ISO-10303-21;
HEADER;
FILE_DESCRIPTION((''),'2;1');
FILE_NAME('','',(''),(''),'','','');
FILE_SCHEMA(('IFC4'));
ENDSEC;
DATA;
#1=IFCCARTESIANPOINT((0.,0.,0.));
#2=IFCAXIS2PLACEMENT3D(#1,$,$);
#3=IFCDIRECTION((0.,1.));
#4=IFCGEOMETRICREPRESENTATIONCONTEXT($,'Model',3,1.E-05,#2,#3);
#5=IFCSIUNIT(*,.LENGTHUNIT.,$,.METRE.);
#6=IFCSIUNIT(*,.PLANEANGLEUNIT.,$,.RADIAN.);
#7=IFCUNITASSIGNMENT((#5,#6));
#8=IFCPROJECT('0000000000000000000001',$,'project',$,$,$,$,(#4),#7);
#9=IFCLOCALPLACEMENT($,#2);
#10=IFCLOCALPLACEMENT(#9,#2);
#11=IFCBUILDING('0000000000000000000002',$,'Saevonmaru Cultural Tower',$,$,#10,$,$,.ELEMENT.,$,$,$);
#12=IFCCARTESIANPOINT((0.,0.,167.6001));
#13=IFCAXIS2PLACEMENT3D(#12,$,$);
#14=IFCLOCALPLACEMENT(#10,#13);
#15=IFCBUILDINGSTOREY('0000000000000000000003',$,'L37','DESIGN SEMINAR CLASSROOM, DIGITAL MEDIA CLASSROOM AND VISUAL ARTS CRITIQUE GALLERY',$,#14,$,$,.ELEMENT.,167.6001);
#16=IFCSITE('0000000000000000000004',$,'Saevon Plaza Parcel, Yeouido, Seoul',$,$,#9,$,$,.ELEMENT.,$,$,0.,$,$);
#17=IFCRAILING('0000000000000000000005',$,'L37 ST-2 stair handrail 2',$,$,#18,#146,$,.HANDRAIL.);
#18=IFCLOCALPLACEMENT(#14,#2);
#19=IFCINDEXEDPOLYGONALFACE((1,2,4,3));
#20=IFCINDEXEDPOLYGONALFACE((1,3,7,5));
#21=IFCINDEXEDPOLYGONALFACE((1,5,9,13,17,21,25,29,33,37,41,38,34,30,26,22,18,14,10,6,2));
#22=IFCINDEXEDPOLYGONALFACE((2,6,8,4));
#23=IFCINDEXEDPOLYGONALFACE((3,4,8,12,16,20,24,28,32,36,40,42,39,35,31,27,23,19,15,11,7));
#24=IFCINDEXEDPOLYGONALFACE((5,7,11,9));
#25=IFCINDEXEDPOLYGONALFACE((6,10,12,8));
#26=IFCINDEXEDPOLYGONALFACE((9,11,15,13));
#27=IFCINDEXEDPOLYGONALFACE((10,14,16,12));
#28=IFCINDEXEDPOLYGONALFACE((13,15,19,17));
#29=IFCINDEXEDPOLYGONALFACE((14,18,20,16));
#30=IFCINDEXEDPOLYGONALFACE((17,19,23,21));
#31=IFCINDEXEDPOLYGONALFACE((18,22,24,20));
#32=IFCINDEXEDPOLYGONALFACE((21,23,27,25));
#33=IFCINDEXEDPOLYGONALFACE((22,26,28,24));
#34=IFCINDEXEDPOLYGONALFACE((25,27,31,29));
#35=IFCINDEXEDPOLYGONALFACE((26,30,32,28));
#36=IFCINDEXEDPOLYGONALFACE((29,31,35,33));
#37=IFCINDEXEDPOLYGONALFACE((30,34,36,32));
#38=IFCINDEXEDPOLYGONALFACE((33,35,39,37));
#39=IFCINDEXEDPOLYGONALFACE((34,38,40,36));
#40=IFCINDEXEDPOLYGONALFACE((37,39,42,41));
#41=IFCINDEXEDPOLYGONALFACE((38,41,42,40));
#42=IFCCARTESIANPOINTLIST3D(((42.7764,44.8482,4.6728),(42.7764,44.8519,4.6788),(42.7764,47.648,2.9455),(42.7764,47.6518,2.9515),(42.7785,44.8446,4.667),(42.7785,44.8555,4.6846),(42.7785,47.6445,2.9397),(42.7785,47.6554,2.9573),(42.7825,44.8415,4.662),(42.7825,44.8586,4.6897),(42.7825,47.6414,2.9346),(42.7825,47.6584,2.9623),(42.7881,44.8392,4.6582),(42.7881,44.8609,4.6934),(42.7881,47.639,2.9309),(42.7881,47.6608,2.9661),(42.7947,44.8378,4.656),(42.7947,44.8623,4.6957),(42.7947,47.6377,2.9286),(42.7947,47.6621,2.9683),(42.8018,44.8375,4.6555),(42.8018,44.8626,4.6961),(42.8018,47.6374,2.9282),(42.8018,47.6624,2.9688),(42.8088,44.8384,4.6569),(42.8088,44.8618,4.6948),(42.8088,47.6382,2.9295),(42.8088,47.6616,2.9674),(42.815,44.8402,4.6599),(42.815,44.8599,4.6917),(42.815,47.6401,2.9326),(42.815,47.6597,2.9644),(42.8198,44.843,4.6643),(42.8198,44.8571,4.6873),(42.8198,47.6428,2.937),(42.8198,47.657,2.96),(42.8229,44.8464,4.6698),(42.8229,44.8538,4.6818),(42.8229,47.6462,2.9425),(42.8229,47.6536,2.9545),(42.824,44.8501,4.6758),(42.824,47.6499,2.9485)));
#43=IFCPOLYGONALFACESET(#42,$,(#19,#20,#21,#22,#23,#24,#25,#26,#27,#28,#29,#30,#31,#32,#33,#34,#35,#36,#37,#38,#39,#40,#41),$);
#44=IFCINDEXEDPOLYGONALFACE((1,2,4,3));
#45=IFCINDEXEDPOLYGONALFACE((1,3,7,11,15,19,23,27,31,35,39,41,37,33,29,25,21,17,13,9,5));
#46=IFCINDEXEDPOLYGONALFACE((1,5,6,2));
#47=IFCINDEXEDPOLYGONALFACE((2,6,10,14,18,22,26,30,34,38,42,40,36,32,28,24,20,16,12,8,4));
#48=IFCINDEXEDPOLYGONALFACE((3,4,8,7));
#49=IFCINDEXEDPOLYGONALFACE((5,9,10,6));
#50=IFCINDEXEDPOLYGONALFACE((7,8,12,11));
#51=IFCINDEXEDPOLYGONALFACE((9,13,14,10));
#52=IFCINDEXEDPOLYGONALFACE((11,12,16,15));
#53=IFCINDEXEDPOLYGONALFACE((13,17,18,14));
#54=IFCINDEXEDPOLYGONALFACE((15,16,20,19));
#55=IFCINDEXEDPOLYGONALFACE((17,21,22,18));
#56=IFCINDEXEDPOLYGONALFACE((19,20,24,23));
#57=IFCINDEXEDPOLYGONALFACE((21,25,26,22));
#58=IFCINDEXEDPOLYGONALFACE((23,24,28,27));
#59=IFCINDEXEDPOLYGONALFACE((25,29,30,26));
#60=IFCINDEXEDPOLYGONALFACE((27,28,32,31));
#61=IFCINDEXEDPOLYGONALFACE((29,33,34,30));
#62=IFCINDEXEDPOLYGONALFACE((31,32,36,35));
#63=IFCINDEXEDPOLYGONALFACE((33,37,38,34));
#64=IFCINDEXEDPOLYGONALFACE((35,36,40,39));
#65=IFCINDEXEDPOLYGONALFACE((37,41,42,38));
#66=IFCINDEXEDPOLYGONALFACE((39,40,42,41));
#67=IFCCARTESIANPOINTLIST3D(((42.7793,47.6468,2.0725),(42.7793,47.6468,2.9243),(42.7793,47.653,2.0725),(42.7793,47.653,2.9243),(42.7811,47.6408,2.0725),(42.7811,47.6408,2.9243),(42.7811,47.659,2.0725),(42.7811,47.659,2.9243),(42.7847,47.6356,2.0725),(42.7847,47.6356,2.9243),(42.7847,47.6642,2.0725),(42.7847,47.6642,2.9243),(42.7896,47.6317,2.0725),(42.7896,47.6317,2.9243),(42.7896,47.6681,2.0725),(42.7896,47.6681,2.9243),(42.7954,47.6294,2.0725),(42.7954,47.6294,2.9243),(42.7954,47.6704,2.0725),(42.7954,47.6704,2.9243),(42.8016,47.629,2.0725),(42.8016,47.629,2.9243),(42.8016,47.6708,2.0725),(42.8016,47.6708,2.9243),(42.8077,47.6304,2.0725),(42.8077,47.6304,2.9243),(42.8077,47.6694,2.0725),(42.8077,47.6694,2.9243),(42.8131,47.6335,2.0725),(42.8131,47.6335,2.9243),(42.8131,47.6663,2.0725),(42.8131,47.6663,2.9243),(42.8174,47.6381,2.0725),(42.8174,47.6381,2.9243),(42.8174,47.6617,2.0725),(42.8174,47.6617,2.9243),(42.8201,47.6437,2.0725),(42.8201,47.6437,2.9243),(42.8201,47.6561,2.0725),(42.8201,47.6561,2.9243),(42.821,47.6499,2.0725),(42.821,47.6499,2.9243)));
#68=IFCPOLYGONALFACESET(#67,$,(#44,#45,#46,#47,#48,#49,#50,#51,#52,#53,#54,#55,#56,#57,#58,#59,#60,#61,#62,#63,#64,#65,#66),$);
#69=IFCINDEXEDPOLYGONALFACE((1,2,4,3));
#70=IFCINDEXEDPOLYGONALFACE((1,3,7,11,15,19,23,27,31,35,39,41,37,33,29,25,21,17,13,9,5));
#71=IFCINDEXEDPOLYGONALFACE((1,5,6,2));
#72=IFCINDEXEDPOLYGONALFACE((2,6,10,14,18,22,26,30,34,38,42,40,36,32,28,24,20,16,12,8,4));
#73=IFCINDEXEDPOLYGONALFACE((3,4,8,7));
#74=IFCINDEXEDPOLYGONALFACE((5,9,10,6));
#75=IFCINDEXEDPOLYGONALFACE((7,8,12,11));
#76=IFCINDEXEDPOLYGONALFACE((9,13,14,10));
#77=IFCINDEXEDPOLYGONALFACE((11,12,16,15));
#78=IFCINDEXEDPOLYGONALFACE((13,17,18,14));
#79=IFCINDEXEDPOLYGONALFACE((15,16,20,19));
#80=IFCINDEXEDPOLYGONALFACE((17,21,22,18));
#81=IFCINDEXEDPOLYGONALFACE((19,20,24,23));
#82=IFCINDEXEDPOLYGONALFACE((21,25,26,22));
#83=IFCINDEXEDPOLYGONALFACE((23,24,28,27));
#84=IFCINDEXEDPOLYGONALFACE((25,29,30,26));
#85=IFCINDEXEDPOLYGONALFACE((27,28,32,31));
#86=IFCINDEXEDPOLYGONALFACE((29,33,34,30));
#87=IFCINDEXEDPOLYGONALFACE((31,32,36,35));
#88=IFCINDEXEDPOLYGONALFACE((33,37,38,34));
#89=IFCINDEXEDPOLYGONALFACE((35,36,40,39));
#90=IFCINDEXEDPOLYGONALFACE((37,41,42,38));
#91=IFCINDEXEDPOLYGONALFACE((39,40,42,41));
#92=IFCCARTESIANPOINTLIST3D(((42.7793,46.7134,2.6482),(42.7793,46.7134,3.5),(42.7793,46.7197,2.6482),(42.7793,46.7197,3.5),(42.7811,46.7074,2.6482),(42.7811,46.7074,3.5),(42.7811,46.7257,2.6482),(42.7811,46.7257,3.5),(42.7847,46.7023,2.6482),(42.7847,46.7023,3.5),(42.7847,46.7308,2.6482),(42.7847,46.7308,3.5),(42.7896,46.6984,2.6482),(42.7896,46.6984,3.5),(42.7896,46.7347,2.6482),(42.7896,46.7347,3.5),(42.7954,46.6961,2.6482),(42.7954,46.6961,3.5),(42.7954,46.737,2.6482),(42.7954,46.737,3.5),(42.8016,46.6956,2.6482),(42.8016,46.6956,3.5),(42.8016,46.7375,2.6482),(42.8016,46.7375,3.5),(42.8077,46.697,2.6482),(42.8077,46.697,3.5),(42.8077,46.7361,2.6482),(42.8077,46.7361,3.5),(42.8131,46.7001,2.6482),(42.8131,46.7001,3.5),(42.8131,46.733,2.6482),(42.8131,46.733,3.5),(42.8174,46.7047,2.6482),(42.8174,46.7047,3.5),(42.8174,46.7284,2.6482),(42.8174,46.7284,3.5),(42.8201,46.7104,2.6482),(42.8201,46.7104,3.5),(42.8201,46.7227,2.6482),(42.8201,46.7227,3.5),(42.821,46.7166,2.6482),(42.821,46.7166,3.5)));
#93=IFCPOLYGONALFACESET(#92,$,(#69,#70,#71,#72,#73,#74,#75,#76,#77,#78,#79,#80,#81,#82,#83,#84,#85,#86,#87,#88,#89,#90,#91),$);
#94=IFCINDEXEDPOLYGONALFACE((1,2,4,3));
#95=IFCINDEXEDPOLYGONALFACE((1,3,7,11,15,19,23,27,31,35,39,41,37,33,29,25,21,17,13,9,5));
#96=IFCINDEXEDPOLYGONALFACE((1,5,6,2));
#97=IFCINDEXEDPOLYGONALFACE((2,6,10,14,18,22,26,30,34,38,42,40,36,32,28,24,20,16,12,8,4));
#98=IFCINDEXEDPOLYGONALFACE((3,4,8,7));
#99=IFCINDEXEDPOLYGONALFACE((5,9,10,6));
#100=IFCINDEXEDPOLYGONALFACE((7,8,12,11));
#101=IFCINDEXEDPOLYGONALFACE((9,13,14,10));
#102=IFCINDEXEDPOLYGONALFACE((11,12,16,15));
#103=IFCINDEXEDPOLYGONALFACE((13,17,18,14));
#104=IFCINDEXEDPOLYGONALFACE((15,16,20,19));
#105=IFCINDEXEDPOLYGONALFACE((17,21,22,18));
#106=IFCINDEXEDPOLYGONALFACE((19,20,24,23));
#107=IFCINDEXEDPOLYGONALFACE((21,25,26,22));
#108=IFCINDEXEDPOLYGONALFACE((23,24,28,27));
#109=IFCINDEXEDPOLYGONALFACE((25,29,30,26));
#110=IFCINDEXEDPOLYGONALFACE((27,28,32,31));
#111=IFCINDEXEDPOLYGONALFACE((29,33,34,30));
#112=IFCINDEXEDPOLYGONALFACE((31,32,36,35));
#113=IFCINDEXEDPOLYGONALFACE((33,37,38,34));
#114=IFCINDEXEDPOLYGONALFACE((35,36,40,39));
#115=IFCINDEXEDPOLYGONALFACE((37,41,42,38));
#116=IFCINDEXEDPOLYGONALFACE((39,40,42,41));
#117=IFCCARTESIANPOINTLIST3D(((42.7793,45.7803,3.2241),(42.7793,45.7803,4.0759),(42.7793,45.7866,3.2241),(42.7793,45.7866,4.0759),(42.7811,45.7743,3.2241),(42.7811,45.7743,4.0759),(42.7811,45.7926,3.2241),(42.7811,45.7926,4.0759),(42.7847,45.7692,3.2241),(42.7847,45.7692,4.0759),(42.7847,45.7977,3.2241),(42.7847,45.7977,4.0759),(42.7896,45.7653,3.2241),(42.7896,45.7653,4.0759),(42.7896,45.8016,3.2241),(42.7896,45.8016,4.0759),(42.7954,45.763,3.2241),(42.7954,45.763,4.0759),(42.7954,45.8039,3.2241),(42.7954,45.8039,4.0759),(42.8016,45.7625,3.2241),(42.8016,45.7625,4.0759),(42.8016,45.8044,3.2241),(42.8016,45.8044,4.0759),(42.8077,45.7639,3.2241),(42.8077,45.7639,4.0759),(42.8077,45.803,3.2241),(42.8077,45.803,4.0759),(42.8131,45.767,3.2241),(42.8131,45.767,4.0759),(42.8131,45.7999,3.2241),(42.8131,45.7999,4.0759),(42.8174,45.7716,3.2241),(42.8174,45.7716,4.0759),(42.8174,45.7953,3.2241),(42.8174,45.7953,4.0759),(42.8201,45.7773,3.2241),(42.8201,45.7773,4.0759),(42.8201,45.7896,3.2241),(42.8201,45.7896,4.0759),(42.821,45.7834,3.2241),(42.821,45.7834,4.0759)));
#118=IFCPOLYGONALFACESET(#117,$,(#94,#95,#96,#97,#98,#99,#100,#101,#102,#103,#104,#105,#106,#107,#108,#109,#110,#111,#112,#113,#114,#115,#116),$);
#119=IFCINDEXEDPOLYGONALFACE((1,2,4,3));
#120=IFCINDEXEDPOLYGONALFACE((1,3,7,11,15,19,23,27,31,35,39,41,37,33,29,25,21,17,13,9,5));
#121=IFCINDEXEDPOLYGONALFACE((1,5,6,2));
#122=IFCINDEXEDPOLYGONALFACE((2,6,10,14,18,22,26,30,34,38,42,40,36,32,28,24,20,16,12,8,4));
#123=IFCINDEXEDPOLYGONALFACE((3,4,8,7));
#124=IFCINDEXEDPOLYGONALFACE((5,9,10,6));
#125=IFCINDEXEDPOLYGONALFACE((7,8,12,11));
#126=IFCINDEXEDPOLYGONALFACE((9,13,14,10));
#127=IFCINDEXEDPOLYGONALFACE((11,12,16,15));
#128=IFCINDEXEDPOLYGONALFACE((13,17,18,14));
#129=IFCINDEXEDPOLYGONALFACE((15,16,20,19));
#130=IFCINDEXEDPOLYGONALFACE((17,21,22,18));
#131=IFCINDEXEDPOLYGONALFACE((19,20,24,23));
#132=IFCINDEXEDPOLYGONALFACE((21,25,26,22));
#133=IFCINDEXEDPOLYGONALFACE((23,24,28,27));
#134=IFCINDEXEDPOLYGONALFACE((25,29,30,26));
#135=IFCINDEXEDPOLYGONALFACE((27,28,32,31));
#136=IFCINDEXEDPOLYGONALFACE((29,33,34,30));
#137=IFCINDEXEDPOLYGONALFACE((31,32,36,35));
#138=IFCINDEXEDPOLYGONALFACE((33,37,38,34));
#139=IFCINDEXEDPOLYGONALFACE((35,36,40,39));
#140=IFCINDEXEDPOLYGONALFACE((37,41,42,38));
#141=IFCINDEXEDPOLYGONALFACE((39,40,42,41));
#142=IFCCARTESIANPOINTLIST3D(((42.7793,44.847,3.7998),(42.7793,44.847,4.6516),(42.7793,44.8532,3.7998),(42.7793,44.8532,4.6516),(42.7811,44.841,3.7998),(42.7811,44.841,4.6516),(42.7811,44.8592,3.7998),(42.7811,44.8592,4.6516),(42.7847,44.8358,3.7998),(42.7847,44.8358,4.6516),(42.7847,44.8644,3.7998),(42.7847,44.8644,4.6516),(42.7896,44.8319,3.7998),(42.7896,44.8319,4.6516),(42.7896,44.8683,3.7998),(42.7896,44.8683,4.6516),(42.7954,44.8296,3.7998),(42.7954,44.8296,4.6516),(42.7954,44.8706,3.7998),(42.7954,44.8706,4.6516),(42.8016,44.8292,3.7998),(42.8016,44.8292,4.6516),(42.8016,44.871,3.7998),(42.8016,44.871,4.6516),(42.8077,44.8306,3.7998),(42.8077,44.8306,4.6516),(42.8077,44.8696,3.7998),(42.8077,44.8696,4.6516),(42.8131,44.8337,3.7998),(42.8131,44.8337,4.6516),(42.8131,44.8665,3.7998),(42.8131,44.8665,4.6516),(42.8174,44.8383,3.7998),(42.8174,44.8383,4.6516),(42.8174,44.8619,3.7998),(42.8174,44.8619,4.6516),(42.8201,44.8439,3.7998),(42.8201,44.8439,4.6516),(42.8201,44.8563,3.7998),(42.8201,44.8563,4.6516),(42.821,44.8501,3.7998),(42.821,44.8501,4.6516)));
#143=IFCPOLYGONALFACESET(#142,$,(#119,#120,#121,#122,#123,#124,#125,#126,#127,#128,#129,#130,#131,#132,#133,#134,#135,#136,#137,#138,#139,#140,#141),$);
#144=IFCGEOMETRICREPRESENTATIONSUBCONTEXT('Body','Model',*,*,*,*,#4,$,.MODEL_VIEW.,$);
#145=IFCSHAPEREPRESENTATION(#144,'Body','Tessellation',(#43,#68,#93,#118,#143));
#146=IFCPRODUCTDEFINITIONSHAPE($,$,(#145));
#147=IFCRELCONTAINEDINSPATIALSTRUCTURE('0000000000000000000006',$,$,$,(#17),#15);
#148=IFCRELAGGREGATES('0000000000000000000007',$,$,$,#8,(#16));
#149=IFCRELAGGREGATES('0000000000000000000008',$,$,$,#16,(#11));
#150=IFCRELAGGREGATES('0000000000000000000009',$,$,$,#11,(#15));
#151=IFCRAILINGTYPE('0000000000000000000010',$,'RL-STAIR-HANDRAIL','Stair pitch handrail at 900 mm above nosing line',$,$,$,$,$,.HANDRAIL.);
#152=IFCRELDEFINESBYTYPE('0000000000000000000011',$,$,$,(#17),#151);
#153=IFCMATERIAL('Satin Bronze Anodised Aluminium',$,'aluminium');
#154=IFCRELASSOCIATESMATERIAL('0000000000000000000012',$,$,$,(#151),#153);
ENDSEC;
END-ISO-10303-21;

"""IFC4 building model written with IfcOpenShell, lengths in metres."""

from ifc_helpers import new_model, si_unit, direction, frame, origin, origin_2d, place, context, subcontext, project, spatial, circle, extrude, material, type_object, element, save


model = new_model("IFC4")

# Units and contexts
model_context = context("Model", 3, precision=1e-05, world=origin(), true_north=direction((0.0, 1.0)))
body_context = subcontext(model_context, "Body", "Model", "MODEL_VIEW")
ifc_project = project(units=[si_unit("LENGTHUNIT", "METRE"), si_unit("PLANEANGLEUNIT", "RADIAN")], contexts=[model_context])

# Site, building, storey
site_placement = place(None, origin())
site = spatial("IfcSite", under=ifc_project, at=site_placement, Name="Saevon Plaza Parcel, Yeouido, Seoul", CompositionType="ELEMENT", RefElevation=0.0)
building_placement = place(site_placement, origin())
building = spatial("IfcBuilding", under=site, at=building_placement, Name="Saevonmaru Cultural Tower", CompositionType="ELEMENT")
storey_placement = place(building_placement, frame((0.0, 0.0, 167.6001)))
storey = spatial("IfcBuildingStorey", under=building, at=storey_placement, Name="L37", Description="DESIGN SEMINAR CLASSROOM, DIGITAL MEDIA CLASSROOM AND VISUAL ARTS CRITIQUE GALLERY", CompositionType="ELEMENT", Elevation=167.6001)

# Shared definitions
ifc_material_1 = material(Name="Satin Bronze Anodised Aluminium", Category="aluminium")

# Railing
railing_type = type_object("IfcRailingType", Name="RL-STAIR-HANDRAIL", Description="Stair pitch handrail at 900 mm above nosing line", PredefinedType="HANDRAIL", material=ifc_material_1)
railing_placement = place(storey_placement, frame((42.8, 47.6499, 2.0725)))
element("IfcRailing", 1, at=railing_placement, inside=storey, type_object=railing_type, Name="L37 ST-2 stair handrail 2", PredefinedType="HANDRAIL", context=body_context, shape_type="SweptSolid", body=[
    extrude(circle(Radius=0.0239, at=origin_2d()), frame((0.0, 0.0, 0.876), z_axis=(0.0, -0.851069, 0.525054), x_axis=(1.0, 0.0, 0.0)), (0.0, 0.0, 1.0), 3.2898),
    extrude(circle(Radius=0.021, at=origin_2d()), origin(), (0.0, 0.0, 1.0), 0.8518),
    extrude(circle(Radius=0.021, at=origin_2d()), frame((0.0, -0.9333, 0.5757)), (0.0, 0.0, 1.0), 0.8518),
    extrude(circle(Radius=0.021, at=origin_2d()), frame((0.0, -1.8665, 1.1516)), (0.0, 0.0, 1.0), 0.8518),
    extrude(circle(Radius=0.021, at=origin_2d()), frame((0.0, -2.7998, 1.7273)), (0.0, 0.0, 1.0), 0.8518),
])

save(model, "model.ifc")
